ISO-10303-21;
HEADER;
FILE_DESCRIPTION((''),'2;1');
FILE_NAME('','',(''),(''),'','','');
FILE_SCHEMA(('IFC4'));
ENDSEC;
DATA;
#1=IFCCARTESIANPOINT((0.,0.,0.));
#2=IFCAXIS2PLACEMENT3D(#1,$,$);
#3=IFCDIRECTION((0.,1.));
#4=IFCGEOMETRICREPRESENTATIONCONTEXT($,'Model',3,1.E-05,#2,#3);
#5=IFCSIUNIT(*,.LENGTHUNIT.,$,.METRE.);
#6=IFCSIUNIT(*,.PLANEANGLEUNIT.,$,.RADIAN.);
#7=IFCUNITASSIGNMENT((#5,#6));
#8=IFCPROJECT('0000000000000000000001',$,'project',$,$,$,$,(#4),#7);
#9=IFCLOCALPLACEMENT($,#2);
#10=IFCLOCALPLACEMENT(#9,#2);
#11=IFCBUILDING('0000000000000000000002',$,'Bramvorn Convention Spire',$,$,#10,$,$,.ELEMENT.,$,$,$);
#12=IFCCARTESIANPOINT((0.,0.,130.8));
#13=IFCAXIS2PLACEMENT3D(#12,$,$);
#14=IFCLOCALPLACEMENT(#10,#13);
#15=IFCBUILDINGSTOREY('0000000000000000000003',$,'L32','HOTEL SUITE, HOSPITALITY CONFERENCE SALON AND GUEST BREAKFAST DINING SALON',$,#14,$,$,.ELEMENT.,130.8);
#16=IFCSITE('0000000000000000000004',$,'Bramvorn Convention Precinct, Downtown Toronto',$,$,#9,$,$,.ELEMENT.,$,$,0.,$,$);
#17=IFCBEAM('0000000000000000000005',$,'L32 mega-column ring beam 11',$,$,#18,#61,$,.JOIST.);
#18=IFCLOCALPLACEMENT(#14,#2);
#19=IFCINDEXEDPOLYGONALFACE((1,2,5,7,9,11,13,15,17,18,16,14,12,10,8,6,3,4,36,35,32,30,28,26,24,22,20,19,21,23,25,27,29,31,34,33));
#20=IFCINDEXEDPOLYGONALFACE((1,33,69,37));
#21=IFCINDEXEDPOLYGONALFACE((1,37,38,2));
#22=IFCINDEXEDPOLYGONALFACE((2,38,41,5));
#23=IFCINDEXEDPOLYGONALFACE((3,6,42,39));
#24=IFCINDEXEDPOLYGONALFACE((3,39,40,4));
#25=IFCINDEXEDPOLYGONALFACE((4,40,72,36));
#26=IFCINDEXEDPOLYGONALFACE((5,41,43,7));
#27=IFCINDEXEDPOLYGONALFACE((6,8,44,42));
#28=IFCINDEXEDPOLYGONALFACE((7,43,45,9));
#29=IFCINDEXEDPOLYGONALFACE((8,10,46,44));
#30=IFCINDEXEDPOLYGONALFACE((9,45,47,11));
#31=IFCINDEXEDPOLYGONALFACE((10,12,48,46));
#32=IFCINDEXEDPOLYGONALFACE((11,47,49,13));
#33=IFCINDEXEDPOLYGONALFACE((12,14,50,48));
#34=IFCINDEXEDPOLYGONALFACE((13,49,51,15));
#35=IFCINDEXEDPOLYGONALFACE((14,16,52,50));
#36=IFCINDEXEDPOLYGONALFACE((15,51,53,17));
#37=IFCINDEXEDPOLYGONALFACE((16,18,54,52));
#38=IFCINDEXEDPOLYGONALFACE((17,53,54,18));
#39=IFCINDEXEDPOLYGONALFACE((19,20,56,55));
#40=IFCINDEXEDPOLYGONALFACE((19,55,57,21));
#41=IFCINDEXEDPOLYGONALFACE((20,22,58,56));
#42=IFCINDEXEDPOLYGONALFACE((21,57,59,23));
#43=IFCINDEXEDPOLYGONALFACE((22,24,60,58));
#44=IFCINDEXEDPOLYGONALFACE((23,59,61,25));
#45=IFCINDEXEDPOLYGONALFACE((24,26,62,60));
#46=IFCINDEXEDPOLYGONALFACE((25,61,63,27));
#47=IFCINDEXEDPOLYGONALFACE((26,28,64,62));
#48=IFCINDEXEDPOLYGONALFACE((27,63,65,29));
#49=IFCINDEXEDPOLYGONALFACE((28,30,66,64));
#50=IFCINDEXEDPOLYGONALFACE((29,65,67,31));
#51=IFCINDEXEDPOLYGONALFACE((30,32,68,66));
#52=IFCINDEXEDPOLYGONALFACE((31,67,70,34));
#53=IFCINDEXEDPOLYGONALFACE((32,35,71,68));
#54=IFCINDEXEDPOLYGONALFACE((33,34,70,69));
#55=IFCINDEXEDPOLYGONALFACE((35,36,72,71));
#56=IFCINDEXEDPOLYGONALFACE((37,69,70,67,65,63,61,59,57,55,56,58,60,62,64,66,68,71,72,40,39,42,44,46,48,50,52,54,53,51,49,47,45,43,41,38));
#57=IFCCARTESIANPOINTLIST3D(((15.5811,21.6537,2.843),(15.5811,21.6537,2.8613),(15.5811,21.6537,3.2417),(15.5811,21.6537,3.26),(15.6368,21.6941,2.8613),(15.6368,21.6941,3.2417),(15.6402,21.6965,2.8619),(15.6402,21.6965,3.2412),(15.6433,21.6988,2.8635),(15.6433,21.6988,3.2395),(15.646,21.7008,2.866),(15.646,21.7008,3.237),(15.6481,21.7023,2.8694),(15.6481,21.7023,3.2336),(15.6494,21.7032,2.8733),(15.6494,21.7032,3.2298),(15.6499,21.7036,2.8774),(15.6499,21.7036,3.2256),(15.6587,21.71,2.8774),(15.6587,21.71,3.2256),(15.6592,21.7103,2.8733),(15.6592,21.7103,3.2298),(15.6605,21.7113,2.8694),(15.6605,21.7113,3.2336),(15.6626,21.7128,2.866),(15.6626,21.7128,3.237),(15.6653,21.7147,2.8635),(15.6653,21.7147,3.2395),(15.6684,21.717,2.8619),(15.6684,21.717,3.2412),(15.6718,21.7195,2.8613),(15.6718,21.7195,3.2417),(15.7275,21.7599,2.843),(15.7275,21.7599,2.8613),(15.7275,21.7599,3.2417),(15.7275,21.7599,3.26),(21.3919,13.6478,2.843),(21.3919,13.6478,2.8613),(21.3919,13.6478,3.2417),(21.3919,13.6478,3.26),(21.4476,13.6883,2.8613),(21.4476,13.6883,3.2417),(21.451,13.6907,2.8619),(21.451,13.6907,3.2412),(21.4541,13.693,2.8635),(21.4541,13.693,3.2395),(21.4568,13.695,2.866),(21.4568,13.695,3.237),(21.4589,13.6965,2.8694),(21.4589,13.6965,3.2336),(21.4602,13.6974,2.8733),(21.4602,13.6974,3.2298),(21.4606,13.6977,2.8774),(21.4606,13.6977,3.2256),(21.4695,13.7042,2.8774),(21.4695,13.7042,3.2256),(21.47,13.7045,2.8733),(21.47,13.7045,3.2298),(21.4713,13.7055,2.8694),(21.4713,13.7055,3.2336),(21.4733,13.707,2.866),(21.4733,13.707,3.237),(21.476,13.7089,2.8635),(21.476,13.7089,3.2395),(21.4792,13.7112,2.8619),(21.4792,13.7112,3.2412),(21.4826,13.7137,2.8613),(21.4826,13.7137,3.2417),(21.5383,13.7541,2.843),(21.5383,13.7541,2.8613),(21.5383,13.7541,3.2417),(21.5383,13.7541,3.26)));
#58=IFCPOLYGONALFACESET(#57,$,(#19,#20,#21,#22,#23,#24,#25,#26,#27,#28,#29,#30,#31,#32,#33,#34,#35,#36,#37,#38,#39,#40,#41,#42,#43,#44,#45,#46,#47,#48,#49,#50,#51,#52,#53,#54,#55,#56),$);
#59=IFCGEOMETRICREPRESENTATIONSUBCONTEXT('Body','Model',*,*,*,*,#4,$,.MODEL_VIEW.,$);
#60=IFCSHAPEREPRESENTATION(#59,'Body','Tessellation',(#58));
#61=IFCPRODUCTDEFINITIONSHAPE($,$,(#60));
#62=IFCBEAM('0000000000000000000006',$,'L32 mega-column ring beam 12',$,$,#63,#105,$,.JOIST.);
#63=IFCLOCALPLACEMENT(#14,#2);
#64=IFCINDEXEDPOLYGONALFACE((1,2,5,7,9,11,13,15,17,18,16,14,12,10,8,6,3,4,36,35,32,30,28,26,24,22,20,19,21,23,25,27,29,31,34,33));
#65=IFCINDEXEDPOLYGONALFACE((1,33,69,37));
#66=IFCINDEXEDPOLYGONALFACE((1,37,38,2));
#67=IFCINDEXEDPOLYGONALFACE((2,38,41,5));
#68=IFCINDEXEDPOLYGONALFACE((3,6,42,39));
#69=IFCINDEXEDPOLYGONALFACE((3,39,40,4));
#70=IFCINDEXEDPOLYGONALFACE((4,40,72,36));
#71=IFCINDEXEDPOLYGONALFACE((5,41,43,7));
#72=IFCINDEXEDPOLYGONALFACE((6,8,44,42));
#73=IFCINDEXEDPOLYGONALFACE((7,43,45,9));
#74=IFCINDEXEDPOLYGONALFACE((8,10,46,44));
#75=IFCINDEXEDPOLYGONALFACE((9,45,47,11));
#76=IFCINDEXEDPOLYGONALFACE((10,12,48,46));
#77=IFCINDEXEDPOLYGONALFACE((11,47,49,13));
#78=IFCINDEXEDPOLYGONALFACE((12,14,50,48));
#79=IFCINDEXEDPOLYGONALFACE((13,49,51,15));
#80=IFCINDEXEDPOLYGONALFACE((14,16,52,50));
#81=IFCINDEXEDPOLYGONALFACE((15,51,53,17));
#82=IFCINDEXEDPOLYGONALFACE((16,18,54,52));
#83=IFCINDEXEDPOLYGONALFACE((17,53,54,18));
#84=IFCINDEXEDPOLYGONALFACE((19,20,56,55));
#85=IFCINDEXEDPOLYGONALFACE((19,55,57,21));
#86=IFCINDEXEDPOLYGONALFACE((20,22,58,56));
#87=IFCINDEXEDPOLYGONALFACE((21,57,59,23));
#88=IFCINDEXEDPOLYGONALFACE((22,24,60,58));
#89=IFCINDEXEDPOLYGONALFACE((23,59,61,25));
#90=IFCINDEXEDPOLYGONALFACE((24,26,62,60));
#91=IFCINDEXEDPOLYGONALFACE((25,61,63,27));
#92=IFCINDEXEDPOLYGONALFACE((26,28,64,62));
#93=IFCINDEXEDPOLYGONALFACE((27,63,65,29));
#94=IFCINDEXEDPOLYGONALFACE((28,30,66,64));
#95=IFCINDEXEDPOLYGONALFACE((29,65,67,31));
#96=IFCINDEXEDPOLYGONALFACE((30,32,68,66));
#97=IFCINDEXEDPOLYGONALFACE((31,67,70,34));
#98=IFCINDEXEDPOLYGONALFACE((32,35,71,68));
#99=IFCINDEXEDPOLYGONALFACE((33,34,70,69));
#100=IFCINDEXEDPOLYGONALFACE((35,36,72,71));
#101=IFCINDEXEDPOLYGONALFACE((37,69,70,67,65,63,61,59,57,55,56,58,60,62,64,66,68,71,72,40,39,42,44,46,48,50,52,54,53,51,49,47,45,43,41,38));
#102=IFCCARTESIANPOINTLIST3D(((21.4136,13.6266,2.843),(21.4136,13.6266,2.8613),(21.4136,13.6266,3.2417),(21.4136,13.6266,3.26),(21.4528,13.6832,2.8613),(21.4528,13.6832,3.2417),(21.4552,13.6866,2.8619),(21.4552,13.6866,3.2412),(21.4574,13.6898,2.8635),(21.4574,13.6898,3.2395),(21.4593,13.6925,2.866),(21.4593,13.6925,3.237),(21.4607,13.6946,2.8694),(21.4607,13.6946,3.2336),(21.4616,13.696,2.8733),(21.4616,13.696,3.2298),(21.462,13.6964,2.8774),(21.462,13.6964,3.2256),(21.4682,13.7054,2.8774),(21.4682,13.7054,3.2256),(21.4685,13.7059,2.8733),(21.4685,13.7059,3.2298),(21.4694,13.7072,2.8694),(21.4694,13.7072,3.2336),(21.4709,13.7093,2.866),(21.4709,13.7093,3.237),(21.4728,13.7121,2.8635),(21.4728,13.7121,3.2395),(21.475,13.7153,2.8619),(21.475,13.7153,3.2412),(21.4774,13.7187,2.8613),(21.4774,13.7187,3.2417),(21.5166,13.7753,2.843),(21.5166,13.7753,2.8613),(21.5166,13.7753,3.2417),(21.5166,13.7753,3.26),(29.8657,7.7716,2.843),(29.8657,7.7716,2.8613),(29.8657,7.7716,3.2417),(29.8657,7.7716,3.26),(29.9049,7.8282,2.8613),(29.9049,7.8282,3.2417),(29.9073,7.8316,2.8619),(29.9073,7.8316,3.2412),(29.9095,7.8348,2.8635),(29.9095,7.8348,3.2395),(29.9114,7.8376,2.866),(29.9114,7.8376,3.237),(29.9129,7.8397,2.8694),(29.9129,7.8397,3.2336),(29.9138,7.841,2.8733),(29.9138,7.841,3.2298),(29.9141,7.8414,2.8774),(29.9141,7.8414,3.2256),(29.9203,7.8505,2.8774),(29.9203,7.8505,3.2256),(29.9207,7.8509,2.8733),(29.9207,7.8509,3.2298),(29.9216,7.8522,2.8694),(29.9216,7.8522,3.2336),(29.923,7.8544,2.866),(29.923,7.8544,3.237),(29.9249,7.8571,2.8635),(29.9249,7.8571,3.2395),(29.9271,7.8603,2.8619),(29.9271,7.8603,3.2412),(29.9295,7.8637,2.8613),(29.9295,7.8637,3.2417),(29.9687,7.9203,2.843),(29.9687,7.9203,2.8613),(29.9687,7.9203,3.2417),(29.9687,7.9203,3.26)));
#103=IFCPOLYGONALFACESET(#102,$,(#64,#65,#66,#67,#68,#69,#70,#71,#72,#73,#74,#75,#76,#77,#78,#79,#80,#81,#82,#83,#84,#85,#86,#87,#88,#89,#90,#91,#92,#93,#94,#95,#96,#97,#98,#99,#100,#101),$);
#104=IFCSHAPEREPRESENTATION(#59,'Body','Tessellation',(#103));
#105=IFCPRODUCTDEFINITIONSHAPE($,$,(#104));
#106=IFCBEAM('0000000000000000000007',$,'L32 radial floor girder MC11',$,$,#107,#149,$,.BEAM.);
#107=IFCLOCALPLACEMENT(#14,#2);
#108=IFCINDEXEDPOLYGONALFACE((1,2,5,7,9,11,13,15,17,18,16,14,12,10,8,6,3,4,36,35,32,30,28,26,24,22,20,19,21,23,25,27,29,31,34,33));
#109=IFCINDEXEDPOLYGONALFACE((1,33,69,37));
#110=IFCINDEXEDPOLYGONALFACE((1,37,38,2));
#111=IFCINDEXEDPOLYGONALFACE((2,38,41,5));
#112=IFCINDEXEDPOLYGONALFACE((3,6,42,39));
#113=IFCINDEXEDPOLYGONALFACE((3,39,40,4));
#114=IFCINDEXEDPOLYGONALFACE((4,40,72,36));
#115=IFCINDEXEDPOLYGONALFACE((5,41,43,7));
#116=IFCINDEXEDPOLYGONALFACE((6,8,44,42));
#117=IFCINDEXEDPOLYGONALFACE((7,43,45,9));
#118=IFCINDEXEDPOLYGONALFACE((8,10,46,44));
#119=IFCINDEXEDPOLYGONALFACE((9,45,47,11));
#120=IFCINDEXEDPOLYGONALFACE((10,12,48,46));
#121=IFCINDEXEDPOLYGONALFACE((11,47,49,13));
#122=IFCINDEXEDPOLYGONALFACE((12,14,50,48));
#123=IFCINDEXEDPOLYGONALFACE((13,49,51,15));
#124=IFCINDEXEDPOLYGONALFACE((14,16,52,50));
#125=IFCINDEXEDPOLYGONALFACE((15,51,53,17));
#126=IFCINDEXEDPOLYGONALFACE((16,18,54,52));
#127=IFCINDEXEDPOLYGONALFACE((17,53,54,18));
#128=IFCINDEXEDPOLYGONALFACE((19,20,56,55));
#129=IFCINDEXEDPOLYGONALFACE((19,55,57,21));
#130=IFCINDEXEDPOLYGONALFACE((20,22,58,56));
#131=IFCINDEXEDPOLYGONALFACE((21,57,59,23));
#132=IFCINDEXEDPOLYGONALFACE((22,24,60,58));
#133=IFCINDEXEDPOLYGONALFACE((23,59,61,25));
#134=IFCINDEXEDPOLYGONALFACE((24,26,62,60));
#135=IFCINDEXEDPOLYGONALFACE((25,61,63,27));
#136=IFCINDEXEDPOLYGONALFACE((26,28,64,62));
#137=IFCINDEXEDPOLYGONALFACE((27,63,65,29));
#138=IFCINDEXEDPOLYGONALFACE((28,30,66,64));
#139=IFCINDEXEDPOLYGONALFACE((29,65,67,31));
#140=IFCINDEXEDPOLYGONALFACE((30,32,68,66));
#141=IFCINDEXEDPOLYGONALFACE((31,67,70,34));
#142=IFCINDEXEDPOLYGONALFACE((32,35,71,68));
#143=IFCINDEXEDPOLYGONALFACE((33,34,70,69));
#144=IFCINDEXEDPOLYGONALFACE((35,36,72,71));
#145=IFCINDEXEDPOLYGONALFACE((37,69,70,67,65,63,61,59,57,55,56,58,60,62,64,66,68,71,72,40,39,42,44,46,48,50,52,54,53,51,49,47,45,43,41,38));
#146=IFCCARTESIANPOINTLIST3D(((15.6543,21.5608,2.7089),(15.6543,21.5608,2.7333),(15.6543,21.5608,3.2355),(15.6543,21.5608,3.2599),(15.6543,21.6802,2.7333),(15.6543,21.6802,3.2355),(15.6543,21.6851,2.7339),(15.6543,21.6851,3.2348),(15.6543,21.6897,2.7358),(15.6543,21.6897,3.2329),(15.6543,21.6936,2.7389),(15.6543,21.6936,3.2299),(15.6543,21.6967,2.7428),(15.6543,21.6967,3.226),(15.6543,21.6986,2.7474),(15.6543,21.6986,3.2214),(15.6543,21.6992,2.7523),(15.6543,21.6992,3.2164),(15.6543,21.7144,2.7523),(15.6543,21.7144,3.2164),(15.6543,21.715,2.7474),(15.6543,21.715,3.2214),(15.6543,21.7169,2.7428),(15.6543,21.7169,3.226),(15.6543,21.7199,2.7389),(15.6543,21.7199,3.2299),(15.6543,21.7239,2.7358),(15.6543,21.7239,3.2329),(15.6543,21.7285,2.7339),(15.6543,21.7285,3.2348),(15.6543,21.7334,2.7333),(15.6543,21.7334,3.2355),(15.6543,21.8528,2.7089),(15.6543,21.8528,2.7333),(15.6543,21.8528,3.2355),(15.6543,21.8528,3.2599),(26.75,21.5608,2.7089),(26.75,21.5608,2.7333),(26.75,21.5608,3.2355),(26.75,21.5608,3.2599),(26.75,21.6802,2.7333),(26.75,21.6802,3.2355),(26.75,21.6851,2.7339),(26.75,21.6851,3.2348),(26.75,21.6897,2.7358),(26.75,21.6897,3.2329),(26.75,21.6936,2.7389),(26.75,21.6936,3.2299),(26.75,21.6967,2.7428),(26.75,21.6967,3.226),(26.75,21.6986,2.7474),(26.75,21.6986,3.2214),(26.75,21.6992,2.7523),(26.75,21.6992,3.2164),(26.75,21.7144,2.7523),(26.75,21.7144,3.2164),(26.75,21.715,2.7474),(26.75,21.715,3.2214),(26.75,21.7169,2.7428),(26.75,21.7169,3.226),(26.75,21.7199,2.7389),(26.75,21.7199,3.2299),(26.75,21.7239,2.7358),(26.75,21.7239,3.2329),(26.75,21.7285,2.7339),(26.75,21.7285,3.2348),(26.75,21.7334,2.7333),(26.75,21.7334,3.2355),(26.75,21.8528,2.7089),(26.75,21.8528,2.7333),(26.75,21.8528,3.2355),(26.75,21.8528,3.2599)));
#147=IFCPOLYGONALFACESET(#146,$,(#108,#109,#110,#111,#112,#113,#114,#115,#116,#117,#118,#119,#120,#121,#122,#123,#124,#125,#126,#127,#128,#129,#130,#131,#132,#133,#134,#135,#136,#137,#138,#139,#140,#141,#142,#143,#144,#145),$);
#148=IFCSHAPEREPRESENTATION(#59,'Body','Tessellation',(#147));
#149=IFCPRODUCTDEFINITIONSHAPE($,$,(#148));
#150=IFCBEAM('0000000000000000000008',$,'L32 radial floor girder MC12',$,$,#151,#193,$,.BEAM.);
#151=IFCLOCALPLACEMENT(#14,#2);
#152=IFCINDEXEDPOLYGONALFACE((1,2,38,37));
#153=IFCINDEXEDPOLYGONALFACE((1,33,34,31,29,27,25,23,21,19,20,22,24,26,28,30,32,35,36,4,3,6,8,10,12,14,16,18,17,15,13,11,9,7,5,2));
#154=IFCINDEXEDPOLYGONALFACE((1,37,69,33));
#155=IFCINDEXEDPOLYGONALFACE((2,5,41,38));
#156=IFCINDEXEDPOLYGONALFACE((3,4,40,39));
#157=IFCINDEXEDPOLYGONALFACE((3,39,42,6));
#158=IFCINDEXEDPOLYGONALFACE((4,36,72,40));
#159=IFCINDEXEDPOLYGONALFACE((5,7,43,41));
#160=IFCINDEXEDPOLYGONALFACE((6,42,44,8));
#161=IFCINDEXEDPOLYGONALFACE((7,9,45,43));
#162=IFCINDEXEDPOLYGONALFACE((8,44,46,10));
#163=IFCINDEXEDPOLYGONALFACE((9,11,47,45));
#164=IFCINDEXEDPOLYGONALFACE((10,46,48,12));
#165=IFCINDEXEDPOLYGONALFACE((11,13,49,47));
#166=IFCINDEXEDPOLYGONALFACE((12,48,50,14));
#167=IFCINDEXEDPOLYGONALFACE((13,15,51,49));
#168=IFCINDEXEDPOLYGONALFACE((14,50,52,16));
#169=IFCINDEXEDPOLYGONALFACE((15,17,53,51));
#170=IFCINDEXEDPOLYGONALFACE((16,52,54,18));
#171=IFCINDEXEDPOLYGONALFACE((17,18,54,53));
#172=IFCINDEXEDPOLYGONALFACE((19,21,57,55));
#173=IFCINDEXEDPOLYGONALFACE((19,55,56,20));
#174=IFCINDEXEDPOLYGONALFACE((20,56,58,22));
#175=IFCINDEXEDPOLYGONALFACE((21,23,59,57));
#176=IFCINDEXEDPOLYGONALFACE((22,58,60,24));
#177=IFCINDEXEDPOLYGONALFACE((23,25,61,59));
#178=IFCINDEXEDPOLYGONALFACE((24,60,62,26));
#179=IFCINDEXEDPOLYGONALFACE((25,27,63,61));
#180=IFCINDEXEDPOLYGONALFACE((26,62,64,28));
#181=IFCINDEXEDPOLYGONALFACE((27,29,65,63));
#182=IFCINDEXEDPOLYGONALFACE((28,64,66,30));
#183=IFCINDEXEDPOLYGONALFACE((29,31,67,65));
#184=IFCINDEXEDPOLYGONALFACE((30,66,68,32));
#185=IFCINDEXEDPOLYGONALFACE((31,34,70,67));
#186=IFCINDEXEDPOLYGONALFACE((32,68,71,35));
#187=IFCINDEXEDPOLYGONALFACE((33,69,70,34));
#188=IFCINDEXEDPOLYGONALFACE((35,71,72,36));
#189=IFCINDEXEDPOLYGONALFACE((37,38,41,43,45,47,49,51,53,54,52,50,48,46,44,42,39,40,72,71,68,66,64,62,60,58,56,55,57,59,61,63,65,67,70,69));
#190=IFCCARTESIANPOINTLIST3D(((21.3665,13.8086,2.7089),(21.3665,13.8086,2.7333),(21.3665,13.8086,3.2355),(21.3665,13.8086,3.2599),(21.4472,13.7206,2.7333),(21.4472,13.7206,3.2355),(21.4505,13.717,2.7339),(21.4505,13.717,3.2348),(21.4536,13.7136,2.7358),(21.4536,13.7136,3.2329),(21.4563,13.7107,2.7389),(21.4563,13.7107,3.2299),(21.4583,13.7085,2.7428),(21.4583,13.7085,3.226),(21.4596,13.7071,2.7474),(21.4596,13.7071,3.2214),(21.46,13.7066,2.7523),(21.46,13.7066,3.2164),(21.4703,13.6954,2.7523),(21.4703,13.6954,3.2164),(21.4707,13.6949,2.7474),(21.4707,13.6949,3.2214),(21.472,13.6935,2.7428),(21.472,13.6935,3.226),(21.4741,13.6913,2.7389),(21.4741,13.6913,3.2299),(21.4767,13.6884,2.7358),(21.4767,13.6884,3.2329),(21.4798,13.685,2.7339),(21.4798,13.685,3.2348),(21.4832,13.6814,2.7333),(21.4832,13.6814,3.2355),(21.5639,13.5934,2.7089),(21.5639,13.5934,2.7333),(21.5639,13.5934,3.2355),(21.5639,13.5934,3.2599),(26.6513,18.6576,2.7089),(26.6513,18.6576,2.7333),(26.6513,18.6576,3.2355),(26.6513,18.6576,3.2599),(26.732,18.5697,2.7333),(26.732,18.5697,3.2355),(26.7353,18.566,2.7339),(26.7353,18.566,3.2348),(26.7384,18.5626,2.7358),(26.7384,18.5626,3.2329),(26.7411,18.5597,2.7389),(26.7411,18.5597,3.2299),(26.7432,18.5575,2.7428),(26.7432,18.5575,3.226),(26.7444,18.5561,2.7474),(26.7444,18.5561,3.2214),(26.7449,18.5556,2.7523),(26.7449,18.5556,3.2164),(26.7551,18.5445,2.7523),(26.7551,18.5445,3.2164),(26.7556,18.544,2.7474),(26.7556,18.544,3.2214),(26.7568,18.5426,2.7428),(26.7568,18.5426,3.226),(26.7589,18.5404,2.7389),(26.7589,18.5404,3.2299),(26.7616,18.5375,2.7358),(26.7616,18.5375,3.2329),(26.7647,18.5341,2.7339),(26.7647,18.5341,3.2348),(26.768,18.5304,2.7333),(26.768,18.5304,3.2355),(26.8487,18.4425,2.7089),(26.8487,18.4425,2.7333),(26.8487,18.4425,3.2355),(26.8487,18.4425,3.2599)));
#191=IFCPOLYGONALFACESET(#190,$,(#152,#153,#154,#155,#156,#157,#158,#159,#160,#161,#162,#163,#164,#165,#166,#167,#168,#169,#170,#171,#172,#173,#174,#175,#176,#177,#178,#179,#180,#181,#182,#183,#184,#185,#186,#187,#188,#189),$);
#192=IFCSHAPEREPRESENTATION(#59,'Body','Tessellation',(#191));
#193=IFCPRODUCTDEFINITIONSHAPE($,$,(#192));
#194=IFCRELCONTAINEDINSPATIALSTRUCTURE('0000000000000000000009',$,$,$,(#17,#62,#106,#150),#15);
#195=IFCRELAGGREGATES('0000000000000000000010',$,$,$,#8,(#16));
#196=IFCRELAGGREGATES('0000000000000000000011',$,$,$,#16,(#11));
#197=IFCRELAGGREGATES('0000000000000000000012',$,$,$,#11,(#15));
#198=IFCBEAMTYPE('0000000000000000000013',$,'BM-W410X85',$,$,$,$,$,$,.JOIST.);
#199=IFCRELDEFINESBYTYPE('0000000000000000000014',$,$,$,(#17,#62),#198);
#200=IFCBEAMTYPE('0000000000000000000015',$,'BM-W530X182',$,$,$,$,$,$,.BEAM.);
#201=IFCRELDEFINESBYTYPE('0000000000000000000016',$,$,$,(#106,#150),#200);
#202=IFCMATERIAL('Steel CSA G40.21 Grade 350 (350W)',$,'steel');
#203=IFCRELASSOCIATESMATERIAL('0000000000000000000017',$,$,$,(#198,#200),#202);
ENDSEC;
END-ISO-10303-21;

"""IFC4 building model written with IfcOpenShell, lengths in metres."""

from ifc_helpers import new_model, si_unit, direction, frame, origin, origin_2d, place, context, subcontext, project, spatial, i_section, extrude, material, material_profile, profile_set, type_object, element, save


model = new_model("IFC4")

# Units and contexts
model_context = context("Model", 3, precision=1e-05, world=origin(), true_north=direction((0.0, 1.0)))
body_context = subcontext(model_context, "Body", "Model", "MODEL_VIEW")
ifc_project = project(units=[si_unit("LENGTHUNIT", "METRE"), si_unit("PLANEANGLEUNIT", "RADIAN")], contexts=[model_context])

# Site, building, storey
site_placement = place(None, origin())
site = spatial("IfcSite", under=ifc_project, at=site_placement, Name="Bramvorn Convention Precinct, Downtown Toronto", CompositionType="ELEMENT", RefElevation=0.0)
building_placement = place(site_placement, origin())
building = spatial("IfcBuilding", under=site, at=building_placement, Name="Bramvorn Convention Spire", CompositionType="ELEMENT")
storey_placement = place(building_placement, frame((0.0, 0.0, 130.8)))
storey = spatial("IfcBuildingStorey", under=building, at=storey_placement, Name="L32", Description="HOTEL SUITE, HOSPITALITY CONFERENCE SALON AND GUEST BREAKFAST DINING SALON", CompositionType="ELEMENT", Elevation=130.8)

# Shared definitions
ifc_material_1 = material(Name="Steel CSA G40.21 Grade 350 (350W)", Category="steel")

# Beams
ifc_material_profile_1 = material_profile(ifc_material_1, i_section(OverallWidth=0.1809, OverallDepth=0.417, WebThickness=0.011, FlangeThickness=0.0183, FilletRadius=0.0161, at=origin_2d()))
ifc_profile_set_1 = profile_set([ifc_material_profile_1], Name="Steel CSA G40.21 Grade 350 (350W) - W410X85")
beam_type_1 = type_object("IfcBeamType", Name="BM-W410X85", PredefinedType="JOIST", material=ifc_profile_set_1)
beam_1_placement = place(storey_placement, frame((15.6543, 21.7068, 3.0515), z_axis=(0.587401, -0.809296, 0.0), x_axis=(0.809296, 0.587401, 0.0)))
element("IfcBeam", 1, at=beam_1_placement, inside=storey, type_object=beam_type_1, Name="L32 mega-column ring beam 11", PredefinedType="JOIST", context=body_context, shape_type="SweptSolid", body=[
    extrude(i_section(OverallWidth=0.1809, OverallDepth=0.417, WebThickness=0.011, FlangeThickness=0.0183, FilletRadius=0.0161, at=origin_2d()), origin(), (0.0, 0.0, 1.0), 9.8923),
])
beam_2_placement = place(storey_placement, frame((21.4651, 13.7009, 3.0515), z_axis=(0.822033, -0.56944, 0.0), x_axis=(0.56944, 0.822033, 0.0)))
element("IfcBeam", 2, at=beam_2_placement, inside=storey, type_object=beam_type_1, Name="L32 mega-column ring beam 12", PredefinedType="JOIST", context=body_context, shape_type="SweptSolid", body=[
    extrude(i_section(OverallWidth=0.1809, OverallDepth=0.417, WebThickness=0.011, FlangeThickness=0.0183, FilletRadius=0.0161, at=origin_2d()), origin(), (0.0, 0.0, 1.0), 10.282),
])
ifc_material_profile_2 = material_profile(ifc_material_1, i_section(OverallWidth=0.292, OverallDepth=0.551, WebThickness=0.0151, FlangeThickness=0.0244, FilletRadius=0.019, at=origin_2d()))
ifc_profile_set_2 = profile_set([ifc_material_profile_2], Name="Steel CSA G40.21 Grade 350 (350W) - W530X182")
beam_type_2 = type_object("IfcBeamType", Name="BM-W530X182", PredefinedType="BEAM", material=ifc_profile_set_2)
beam_3_placement = place(storey_placement, frame((26.75, 21.7068, 2.9844), z_axis=(-1.0, 0.0, 0.0), x_axis=(0.0, -1.0, 0.0)))
element("IfcBeam", 3, at=beam_3_placement, inside=storey, type_object=beam_type_2, Name="L32 radial floor girder MC11", PredefinedType="BEAM", context=body_context, shape_type="SweptSolid", body=[
    extrude(i_section(OverallWidth=0.292, OverallDepth=0.551, WebThickness=0.0151, FlangeThickness=0.0244, FilletRadius=0.019, at=origin_2d()), origin(), (0.0, 0.0, 1.0), 11.0957),
])
beam_4_placement = place(storey_placement, frame((26.75, 18.55, 2.9844), z_axis=(-0.736833, -0.676074, 0.0), x_axis=(0.676074, -0.736833, 0.0)))
element("IfcBeam", 4, at=beam_4_placement, inside=storey, type_object=beam_type_2, Name="L32 radial floor girder MC12", PredefinedType="BEAM", context=body_context, shape_type="SweptSolid", body=[
    extrude(i_section(OverallWidth=0.292, OverallDepth=0.551, WebThickness=0.0151, FlangeThickness=0.0244, FilletRadius=0.019, at=origin_2d()), origin(), (0.0, 0.0, 1.0), 7.1724),
])

save(model, "model.ifc")
